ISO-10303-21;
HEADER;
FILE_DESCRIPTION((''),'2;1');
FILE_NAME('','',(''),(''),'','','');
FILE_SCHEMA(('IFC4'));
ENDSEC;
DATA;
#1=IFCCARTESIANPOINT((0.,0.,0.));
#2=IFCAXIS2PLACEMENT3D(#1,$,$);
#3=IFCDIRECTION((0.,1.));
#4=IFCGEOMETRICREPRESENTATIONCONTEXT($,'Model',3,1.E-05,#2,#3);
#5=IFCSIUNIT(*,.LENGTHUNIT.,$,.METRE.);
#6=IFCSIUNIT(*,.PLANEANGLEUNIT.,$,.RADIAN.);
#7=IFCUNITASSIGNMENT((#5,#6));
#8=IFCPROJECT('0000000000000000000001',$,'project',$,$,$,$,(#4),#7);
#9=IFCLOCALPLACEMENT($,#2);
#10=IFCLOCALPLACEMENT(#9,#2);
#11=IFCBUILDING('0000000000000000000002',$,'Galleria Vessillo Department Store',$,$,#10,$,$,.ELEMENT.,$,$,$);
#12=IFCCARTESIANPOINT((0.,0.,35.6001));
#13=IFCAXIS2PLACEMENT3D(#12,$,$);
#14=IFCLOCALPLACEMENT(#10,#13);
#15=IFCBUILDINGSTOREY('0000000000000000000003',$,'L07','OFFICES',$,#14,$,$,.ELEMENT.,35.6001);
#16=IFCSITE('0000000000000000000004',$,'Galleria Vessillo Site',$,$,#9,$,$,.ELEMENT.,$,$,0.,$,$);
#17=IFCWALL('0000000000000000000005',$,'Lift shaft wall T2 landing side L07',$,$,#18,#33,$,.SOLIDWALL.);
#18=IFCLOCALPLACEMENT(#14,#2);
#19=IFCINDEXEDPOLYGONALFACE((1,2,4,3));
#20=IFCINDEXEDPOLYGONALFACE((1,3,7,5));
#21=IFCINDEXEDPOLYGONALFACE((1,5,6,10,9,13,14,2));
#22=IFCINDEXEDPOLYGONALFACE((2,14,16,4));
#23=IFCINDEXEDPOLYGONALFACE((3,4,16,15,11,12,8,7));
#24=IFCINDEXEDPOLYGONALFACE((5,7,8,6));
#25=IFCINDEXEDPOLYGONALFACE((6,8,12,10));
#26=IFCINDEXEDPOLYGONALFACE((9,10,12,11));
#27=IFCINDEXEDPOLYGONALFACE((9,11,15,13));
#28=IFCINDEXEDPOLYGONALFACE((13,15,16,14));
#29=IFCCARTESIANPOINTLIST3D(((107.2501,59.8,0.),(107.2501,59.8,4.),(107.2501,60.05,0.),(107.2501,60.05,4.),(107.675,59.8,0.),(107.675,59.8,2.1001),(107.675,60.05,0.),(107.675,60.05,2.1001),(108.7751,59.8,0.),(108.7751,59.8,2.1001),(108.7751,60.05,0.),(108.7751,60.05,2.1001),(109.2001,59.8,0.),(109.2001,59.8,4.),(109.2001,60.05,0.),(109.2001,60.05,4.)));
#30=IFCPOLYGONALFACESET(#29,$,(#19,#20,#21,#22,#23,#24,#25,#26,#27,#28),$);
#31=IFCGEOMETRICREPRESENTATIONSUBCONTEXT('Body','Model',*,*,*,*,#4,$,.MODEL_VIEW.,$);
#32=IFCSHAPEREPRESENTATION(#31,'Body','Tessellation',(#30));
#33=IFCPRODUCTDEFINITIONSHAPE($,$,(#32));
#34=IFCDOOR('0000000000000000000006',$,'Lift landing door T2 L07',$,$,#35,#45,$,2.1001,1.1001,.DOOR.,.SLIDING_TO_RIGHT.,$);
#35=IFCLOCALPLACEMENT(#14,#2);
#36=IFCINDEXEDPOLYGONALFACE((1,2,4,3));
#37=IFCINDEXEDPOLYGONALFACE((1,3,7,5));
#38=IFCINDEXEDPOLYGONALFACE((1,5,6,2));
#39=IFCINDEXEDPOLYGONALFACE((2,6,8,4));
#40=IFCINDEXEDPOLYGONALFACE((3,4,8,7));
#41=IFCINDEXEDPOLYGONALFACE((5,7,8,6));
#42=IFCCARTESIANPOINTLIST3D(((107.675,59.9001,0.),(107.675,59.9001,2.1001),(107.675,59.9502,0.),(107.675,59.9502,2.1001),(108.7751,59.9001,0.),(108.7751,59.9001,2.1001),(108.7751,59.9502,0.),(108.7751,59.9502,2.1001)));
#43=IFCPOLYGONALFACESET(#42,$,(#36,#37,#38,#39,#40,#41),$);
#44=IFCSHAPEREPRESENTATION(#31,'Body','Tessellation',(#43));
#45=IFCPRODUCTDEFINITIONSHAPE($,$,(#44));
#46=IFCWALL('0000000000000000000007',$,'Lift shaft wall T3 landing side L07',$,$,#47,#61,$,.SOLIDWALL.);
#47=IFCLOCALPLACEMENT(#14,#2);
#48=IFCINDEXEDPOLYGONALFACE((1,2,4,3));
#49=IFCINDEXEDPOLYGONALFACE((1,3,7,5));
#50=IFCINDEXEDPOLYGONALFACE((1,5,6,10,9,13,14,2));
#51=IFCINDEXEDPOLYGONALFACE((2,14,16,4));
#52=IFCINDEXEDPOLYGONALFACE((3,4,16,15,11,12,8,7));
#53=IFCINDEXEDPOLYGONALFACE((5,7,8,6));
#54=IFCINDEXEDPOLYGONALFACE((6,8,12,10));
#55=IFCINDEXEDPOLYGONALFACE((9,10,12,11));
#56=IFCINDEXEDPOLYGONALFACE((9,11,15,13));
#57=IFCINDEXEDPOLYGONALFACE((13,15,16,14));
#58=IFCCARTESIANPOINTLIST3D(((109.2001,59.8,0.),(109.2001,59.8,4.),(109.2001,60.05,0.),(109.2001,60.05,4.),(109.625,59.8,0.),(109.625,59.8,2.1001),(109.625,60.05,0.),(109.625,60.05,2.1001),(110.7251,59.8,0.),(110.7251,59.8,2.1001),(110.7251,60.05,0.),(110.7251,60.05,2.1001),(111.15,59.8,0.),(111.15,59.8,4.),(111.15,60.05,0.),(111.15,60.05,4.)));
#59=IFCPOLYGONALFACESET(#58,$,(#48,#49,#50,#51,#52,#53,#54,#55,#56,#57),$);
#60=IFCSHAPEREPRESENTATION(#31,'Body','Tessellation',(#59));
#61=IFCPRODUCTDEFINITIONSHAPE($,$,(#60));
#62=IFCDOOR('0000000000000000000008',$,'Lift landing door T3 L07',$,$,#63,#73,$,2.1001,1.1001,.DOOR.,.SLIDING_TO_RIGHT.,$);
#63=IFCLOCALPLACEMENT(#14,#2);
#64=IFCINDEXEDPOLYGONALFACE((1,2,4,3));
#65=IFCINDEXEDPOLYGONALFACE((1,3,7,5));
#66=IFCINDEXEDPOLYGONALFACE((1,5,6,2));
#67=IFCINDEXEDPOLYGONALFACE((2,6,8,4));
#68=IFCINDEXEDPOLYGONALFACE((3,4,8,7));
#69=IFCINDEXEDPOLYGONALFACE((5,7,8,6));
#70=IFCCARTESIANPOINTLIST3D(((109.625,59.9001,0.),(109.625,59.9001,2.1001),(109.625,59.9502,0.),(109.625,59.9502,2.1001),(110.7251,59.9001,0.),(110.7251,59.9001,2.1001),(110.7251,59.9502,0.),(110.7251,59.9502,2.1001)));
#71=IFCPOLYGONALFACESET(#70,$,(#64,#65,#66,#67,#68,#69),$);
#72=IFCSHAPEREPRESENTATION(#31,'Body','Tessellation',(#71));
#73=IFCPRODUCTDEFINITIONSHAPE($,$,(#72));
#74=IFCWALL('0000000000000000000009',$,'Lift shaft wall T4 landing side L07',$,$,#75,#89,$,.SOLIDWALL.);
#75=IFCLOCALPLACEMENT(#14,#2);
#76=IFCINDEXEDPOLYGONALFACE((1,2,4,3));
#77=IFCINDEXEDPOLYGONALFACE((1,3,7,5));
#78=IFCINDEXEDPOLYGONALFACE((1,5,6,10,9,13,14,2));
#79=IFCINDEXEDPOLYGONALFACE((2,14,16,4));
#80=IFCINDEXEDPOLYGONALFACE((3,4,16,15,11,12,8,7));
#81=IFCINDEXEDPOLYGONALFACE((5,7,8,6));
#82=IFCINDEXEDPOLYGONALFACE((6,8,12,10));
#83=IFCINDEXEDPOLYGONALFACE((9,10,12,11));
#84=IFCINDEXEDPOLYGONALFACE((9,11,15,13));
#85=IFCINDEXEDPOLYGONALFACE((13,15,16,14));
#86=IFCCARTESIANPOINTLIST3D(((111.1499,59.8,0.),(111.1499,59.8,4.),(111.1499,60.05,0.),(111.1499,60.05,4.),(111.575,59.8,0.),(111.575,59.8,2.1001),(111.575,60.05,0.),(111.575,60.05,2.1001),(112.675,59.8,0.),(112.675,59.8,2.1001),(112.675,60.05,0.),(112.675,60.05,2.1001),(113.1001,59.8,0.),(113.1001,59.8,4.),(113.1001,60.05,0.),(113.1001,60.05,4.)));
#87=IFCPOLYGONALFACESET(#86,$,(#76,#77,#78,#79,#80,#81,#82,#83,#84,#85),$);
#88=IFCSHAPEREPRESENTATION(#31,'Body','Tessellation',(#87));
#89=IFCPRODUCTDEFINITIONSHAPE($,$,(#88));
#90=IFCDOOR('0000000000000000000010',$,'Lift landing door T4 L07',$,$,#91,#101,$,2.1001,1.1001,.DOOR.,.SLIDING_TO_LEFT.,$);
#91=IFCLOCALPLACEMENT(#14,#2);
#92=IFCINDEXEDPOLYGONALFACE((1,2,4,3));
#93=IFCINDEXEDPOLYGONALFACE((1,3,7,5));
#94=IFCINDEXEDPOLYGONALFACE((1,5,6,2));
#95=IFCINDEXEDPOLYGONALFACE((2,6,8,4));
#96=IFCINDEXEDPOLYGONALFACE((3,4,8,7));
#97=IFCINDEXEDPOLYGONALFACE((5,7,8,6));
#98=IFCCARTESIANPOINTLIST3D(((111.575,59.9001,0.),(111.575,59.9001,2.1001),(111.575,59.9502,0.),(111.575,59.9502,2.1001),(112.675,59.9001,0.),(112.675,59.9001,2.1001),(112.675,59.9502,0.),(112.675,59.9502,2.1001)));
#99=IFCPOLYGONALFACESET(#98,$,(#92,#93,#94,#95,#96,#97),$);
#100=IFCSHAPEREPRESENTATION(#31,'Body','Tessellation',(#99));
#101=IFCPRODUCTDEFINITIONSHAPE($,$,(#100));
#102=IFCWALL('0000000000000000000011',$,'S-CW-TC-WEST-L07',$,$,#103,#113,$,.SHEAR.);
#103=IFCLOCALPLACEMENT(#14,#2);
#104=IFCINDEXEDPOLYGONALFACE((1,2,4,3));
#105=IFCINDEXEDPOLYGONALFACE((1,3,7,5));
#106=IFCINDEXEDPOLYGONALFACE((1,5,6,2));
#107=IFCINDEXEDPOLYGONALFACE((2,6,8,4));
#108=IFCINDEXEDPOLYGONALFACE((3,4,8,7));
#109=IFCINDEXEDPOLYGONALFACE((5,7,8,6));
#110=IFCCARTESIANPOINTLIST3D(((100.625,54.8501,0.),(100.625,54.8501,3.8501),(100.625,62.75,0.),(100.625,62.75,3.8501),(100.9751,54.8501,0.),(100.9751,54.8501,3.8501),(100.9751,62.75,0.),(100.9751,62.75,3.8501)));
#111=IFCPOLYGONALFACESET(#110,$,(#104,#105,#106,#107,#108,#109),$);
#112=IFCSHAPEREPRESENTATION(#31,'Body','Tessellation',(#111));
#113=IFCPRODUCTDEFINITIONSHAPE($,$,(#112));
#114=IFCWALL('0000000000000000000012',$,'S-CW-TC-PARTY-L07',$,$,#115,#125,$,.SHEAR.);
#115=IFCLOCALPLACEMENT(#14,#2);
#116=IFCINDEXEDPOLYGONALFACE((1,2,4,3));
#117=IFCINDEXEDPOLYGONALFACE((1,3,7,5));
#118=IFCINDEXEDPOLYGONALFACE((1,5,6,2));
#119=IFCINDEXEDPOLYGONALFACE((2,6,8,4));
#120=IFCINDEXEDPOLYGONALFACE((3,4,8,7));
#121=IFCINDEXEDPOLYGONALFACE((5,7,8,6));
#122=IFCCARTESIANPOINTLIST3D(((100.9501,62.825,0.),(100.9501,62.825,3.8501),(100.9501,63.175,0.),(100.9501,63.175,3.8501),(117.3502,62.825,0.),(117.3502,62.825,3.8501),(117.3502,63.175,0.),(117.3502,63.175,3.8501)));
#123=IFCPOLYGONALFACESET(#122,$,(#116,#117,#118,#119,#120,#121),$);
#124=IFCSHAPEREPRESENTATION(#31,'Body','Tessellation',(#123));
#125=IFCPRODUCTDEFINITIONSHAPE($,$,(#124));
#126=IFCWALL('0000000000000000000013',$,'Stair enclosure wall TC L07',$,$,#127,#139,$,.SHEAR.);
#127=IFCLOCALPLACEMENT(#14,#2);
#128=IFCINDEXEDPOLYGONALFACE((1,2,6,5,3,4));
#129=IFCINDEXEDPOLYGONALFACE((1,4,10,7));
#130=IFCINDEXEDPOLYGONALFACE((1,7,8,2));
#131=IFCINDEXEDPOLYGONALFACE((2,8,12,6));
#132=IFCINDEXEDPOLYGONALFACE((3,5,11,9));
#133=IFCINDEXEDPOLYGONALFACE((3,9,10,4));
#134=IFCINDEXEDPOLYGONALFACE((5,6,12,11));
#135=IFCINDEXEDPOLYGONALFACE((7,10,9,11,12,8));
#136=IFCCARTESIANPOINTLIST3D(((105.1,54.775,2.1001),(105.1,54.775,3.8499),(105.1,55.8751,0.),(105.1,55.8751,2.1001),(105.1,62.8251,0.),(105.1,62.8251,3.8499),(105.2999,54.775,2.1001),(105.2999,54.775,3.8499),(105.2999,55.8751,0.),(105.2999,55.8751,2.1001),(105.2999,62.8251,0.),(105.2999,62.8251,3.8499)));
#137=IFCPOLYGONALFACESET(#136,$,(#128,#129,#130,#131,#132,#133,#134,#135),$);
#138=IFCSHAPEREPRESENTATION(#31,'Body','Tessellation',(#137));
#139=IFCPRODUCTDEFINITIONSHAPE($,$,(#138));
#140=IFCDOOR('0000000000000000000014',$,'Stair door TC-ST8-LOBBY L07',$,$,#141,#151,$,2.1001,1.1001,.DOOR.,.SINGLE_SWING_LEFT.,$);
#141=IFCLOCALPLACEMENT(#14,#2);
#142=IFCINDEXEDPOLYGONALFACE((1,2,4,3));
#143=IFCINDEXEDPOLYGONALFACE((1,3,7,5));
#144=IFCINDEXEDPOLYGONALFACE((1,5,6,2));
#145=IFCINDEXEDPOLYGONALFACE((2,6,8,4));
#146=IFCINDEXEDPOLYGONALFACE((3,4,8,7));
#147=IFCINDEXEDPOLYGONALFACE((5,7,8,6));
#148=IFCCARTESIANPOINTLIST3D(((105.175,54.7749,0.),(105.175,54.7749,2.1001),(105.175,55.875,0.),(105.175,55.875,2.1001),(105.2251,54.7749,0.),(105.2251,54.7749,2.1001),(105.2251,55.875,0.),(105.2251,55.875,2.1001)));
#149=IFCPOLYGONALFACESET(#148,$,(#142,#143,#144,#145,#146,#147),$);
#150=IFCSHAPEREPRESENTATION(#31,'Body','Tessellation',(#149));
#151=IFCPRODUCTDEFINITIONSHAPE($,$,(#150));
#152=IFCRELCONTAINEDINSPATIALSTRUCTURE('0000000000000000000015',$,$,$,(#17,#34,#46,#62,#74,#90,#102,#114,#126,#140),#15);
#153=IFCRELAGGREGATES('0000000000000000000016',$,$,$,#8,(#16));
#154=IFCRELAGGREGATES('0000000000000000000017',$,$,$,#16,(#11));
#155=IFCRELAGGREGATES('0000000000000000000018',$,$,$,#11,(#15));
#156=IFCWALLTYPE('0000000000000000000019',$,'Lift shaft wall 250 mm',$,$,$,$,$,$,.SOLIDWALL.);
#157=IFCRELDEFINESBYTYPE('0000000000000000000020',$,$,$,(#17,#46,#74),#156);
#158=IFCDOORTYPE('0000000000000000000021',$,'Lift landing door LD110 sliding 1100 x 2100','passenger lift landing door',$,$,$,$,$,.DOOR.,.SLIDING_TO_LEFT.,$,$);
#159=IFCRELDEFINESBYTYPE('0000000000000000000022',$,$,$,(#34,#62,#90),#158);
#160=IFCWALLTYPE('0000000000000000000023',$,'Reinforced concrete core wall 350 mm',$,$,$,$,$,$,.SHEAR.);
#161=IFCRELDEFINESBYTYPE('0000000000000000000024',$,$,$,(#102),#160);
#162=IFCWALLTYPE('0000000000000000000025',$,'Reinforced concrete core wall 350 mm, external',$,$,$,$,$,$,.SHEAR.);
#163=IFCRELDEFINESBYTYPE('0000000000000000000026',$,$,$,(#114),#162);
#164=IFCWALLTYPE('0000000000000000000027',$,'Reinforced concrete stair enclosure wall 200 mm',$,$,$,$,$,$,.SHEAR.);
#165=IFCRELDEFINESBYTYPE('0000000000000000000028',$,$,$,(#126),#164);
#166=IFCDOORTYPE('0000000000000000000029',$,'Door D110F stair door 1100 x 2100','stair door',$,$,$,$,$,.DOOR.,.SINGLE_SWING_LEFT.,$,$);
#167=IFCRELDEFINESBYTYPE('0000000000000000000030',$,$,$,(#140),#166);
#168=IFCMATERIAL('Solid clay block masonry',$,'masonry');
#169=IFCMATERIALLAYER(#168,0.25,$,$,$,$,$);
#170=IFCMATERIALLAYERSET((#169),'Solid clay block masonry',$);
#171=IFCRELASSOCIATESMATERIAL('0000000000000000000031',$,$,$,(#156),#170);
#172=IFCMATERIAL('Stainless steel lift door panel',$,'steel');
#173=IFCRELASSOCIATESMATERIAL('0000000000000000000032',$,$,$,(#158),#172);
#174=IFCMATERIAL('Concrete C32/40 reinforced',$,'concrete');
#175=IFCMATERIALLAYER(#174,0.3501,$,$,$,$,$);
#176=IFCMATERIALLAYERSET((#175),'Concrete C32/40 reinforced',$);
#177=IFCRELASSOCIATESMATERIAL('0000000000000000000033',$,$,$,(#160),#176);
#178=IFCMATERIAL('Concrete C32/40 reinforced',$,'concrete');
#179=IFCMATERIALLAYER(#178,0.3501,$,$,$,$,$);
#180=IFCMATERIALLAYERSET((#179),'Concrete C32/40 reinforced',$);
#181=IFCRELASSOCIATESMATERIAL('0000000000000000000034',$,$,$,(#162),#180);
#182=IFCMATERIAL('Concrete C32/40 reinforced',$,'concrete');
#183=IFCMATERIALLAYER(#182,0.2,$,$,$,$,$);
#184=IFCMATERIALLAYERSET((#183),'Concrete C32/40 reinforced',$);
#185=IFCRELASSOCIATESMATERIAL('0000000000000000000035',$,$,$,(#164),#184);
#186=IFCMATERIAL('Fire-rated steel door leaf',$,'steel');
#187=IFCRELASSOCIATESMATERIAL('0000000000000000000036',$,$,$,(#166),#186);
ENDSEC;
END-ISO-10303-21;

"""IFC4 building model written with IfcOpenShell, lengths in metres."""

from ifc_helpers import new_model, si_unit, direction, frame, frame_2d, origin, place, context, subcontext, project, spatial, rectangle, extrude, material, layer, layer_set, type_object, element, fill, save


model = new_model("IFC4")

# Units and contexts
model_context = context("Model", 3, precision=1e-05, world=origin(), true_north=direction((0.0, 1.0)))
body_context = subcontext(model_context, "Body", "Model", "MODEL_VIEW")
ifc_project = project(units=[si_unit("LENGTHUNIT", "METRE"), si_unit("PLANEANGLEUNIT", "RADIAN")], contexts=[model_context])

# Site, building, storey
site_placement = place(None, origin())
site = spatial("IfcSite", under=ifc_project, at=site_placement, Name="Galleria Vessillo Site", CompositionType="ELEMENT", RefElevation=0.0)
building_placement = place(site_placement, origin())
building = spatial("IfcBuilding", under=site, at=building_placement, Name="Galleria Vessillo Department Store", CompositionType="ELEMENT")
storey_placement = place(building_placement, frame((0.0, 0.0, 35.6001)))
storey = spatial("IfcBuildingStorey", under=building, at=storey_placement, Name="L07", Description="OFFICES", CompositionType="ELEMENT", Elevation=35.6001)

# Walls, openings, doors
ifc_material_1 = material(Name="Solid clay block masonry", Category="masonry")
ifc_layer_1 = layer(ifc_material_1, 0.25)
ifc_layer_set_1 = layer_set([ifc_layer_1], Name="Solid clay block masonry")
wall_type_1 = type_object("IfcWallType", Name="Lift shaft wall 250 mm", PredefinedType="SOLIDWALL", material=ifc_layer_set_1)
ifc_material_2 = material(Name="Stainless steel lift door panel", Category="steel")
door_type_1 = type_object("IfcDoorType", Name="Lift landing door LD110 sliding 1100 x 2100", Description="passenger lift landing door", OperationType="SLIDING_TO_LEFT", PredefinedType="DOOR", material=ifc_material_2)
wall_1_placement = place(storey_placement, frame((107.25, 59.925, 0.0), z_axis=(0.0, 0.0, 1.0), x_axis=(1.0, 0.0, 0.0)))
wall_1 = element("IfcWall", 1, at=wall_1_placement, inside=storey, type_object=wall_type_1, Name="Lift shaft wall T2 landing side L07", PredefinedType="SOLIDWALL", context=body_context, shape_type="SweptSolid", body=[
    extrude(rectangle(XDim=1.95, YDim=0.25, at=frame_2d((0.9751, 0.0))), origin(), (0.0, 0.0, 1.0), 4.0),
])
opening_1_placement = place(wall_1_placement, frame((0.425, 0.0, 0.0)))
opening_1 = element("IfcOpeningElement", 2, at=opening_1_placement, cuts=wall_1, PredefinedType="OPENING", context=body_context, shape_type="SweptSolid", body=[
    extrude(rectangle(XDim=1.1001, YDim=2.1001, at=frame_2d((0.55, 1.05))), frame((0.0, 0.135, 0.0), z_axis=(0.0, -1.0, 0.0), x_axis=(1.0, 0.0, 0.0)), (0.0, 0.0, 1.0), 0.27),
])
door_1_placement = place(opening_1_placement, frame((1.1001, 0.0, 0.0), z_axis=(0.0, 0.0, 1.0), x_axis=(-1.0, 0.0, 0.0)))
door_1 = element("IfcDoor", 3, at=door_1_placement, inside=storey, type_object=door_type_1, Name="Lift landing door T2 L07", OperationType="SLIDING_TO_RIGHT", OverallHeight=2.1001, OverallWidth=1.1001, PredefinedType="DOOR", context=body_context, shape_type="SweptSolid", body=[
    extrude(rectangle(XDim=1.1001, YDim=2.1001, at=frame_2d((0.55, 1.05))), frame((0.0, 0.0249, 0.0), z_axis=(0.0, -1.0, 0.0), x_axis=(1.0, 0.0, 0.0)), (0.0, 0.0, 1.0), 0.05),
])
fill(opening_1, door_1)
wall_2_placement = place(storey_placement, frame((109.2, 59.925, 0.0), z_axis=(0.0, 0.0, 1.0), x_axis=(1.0, 0.0, 0.0)))
wall_2 = element("IfcWall", 4, at=wall_2_placement, inside=storey, type_object=wall_type_1, Name="Lift shaft wall T3 landing side L07", PredefinedType="SOLIDWALL", context=body_context, shape_type="SweptSolid", body=[
    extrude(rectangle(XDim=1.95, YDim=0.25, at=frame_2d((0.9751, 0.0))), origin(), (0.0, 0.0, 1.0), 4.0),
])
opening_2_placement = place(wall_2_placement, frame((0.425, 0.0, 0.0)))
opening_2 = element("IfcOpeningElement", 5, at=opening_2_placement, cuts=wall_2, PredefinedType="OPENING", context=body_context, shape_type="SweptSolid", body=[
    extrude(rectangle(XDim=1.1001, YDim=2.1001, at=frame_2d((0.55, 1.05))), frame((0.0, 0.135, 0.0), z_axis=(0.0, -1.0, 0.0), x_axis=(1.0, 0.0, 0.0)), (0.0, 0.0, 1.0), 0.27),
])
door_2_placement = place(opening_2_placement, frame((1.1001, 0.0, 0.0), z_axis=(0.0, 0.0, 1.0), x_axis=(-1.0, 0.0, 0.0)))
door_2 = element("IfcDoor", 6, at=door_2_placement, inside=storey, type_object=door_type_1, Name="Lift landing door T3 L07", OperationType="SLIDING_TO_RIGHT", OverallHeight=2.1001, OverallWidth=1.1001, PredefinedType="DOOR", context=body_context, shape_type="SweptSolid", body=[
    extrude(rectangle(XDim=1.1001, YDim=2.1001, at=frame_2d((0.55, 1.05))), frame((0.0, 0.0249, 0.0), z_axis=(0.0, -1.0, 0.0), x_axis=(1.0, 0.0, 0.0)), (0.0, 0.0, 1.0), 0.05),
])
fill(opening_2, door_2)
wall_3_placement = place(storey_placement, frame((111.1499, 59.925, 0.0), z_axis=(0.0, 0.0, 1.0), x_axis=(1.0, 0.0, 0.0)))
wall_3 = element("IfcWall", 7, at=wall_3_placement, inside=storey, type_object=wall_type_1, Name="Lift shaft wall T4 landing side L07", PredefinedType="SOLIDWALL", context=body_context, shape_type="SweptSolid", body=[
    extrude(rectangle(XDim=1.9502, YDim=0.25, at=frame_2d((0.9751, 0.0))), origin(), (0.0, 0.0, 1.0), 4.0),
])
opening_3_placement = place(wall_3_placement, frame((0.425, 0.0, 0.0)))
opening_3 = element("IfcOpeningElement", 8, at=opening_3_placement, cuts=wall_3, PredefinedType="OPENING", context=body_context, shape_type="SweptSolid", body=[
    extrude(rectangle(XDim=1.1001, YDim=2.1001, at=frame_2d((0.55, 1.05))), frame((0.0, 0.135, 0.0), z_axis=(0.0, -1.0, 0.0), x_axis=(1.0, 0.0, 0.0)), (0.0, 0.0, 1.0), 0.27),
])
door_3_placement = place(opening_3_placement, frame((1.1001, 0.0, 0.0), z_axis=(0.0, 0.0, 1.0), x_axis=(-1.0, 0.0, 0.0)))
door_3 = element("IfcDoor", 9, at=door_3_placement, inside=storey, type_object=door_type_1, Name="Lift landing door T4 L07", OperationType="SLIDING_TO_LEFT", OverallHeight=2.1001, OverallWidth=1.1001, PredefinedType="DOOR", context=body_context, shape_type="SweptSolid", body=[
    extrude(rectangle(XDim=1.1001, YDim=2.1001, at=frame_2d((0.55, 1.05))), frame((0.0, 0.0249, 0.0), z_axis=(0.0, -1.0, 0.0), x_axis=(1.0, 0.0, 0.0)), (0.0, 0.0, 1.0), 0.05),
])
fill(opening_3, door_3)

# Shared definitions
ifc_material_3 = material(Name="Concrete C32/40 reinforced", Category="concrete")
ifc_layer_2 = layer(ifc_material_3, 0.3501)
ifc_layer_set_2 = layer_set([ifc_layer_2], Name="Concrete C32/40 reinforced")
wall_type_2 = type_object("IfcWallType", Name="Reinforced concrete core wall 350 mm", PredefinedType="SHEAR", material=ifc_layer_set_2)

# Walls
wall_4_placement = place(storey_placement, frame((100.8, 54.8501, 0.0), z_axis=(0.0, 0.0, 1.0), x_axis=(0.0, 1.0, 0.0)))
element("IfcWall", 10, at=wall_4_placement, inside=storey, type_object=wall_type_2, Name="S-CW-TC-WEST-L07", PredefinedType="SHEAR", context=body_context, shape_type="SweptSolid", body=[
    extrude(rectangle(XDim=7.8999, YDim=0.3501, at=frame_2d((3.95, 0.0))), origin(), (0.0, 0.0, 1.0), 3.8501),
])
ifc_material_4 = material(Name="Concrete C32/40 reinforced", Category="concrete")
ifc_layer_3 = layer(ifc_material_4, 0.3501)
ifc_layer_set_3 = layer_set([ifc_layer_3], Name="Concrete C32/40 reinforced")
wall_type_3 = type_object("IfcWallType", Name="Reinforced concrete core wall 350 mm, external", PredefinedType="SHEAR", material=ifc_layer_set_3)
wall_5_placement = place(storey_placement, frame((100.95, 63.0, 0.0), z_axis=(0.0, 0.0, 1.0), x_axis=(1.0, 0.0, 0.0)))
element("IfcWall", 11, at=wall_5_placement, inside=storey, type_object=wall_type_3, Name="S-CW-TC-PARTY-L07", PredefinedType="SHEAR", context=body_context, shape_type="SweptSolid", body=[
    extrude(rectangle(XDim=16.4001, YDim=0.3501, at=frame_2d((8.2002, 0.0))), origin(), (0.0, 0.0, 1.0), 3.8501),
])

# Wall, opening, door
ifc_material_5 = material(Name="Concrete C32/40 reinforced", Category="concrete")
ifc_layer_4 = layer(ifc_material_5, 0.2)
ifc_layer_set_4 = layer_set([ifc_layer_4], Name="Concrete C32/40 reinforced")
wall_type_4 = type_object("IfcWallType", Name="Reinforced concrete stair enclosure wall 200 mm", PredefinedType="SHEAR", material=ifc_layer_set_4)
wall_6_placement = place(storey_placement, frame((105.2, 62.825, 0.0), z_axis=(0.0, 0.0, 1.0), x_axis=(0.0, -1.0, 0.0)))
wall_6 = element("IfcWall", 12, at=wall_6_placement, inside=storey, type_object=wall_type_4, Name="Stair enclosure wall TC L07", PredefinedType="SHEAR", context=body_context, shape_type="SweptSolid", body=[
    extrude(rectangle(XDim=8.05, YDim=0.2, at=frame_2d((4.0249, 0.0))), origin(), (0.0, 0.0, 1.0), 3.8499),
])
opening_4_placement = place(wall_6_placement, frame((6.95, 0.0, 0.0)))
opening_4 = element("IfcOpeningElement", 13, at=opening_4_placement, cuts=wall_6, PredefinedType="OPENING", context=body_context, shape_type="SweptSolid", body=[
    extrude(rectangle(XDim=1.1101, YDim=2.1001, at=frame_2d((0.5549, 1.05))), frame((0.0, 0.1099, 0.0), z_axis=(0.0, -1.0, 0.0), x_axis=(1.0, 0.0, 0.0)), (0.0, 0.0, 1.0), 0.22),
])
ifc_material_6 = material(Name="Fire-rated steel door leaf", Category="steel")
door_type_2 = type_object("IfcDoorType", Name="Door D110F stair door 1100 x 2100", Description="stair door", OperationType="SINGLE_SWING_LEFT", PredefinedType="DOOR", material=ifc_material_6)
door_4_placement = place(opening_4_placement, frame((1.1001, 0.0, 0.0), z_axis=(0.0, 0.0, 1.0), x_axis=(-1.0, 0.0, 0.0)))
door_4 = element("IfcDoor", 14, at=door_4_placement, inside=storey, type_object=door_type_2, Name="Stair door TC-ST8-LOBBY L07", OperationType="SINGLE_SWING_LEFT", OverallHeight=2.1001, OverallWidth=1.1001, PredefinedType="DOOR", context=body_context, shape_type="SweptSolid", body=[
    extrude(rectangle(XDim=1.1001, YDim=2.1001, at=frame_2d((0.55, 1.05))), frame((0.0, 0.0249, 0.0), z_axis=(0.0, -1.0, 0.0), x_axis=(1.0, 0.0, 0.0)), (0.0, 0.0, 1.0), 0.05),
])
fill(opening_4, door_4)

save(model, "model.ifc")
